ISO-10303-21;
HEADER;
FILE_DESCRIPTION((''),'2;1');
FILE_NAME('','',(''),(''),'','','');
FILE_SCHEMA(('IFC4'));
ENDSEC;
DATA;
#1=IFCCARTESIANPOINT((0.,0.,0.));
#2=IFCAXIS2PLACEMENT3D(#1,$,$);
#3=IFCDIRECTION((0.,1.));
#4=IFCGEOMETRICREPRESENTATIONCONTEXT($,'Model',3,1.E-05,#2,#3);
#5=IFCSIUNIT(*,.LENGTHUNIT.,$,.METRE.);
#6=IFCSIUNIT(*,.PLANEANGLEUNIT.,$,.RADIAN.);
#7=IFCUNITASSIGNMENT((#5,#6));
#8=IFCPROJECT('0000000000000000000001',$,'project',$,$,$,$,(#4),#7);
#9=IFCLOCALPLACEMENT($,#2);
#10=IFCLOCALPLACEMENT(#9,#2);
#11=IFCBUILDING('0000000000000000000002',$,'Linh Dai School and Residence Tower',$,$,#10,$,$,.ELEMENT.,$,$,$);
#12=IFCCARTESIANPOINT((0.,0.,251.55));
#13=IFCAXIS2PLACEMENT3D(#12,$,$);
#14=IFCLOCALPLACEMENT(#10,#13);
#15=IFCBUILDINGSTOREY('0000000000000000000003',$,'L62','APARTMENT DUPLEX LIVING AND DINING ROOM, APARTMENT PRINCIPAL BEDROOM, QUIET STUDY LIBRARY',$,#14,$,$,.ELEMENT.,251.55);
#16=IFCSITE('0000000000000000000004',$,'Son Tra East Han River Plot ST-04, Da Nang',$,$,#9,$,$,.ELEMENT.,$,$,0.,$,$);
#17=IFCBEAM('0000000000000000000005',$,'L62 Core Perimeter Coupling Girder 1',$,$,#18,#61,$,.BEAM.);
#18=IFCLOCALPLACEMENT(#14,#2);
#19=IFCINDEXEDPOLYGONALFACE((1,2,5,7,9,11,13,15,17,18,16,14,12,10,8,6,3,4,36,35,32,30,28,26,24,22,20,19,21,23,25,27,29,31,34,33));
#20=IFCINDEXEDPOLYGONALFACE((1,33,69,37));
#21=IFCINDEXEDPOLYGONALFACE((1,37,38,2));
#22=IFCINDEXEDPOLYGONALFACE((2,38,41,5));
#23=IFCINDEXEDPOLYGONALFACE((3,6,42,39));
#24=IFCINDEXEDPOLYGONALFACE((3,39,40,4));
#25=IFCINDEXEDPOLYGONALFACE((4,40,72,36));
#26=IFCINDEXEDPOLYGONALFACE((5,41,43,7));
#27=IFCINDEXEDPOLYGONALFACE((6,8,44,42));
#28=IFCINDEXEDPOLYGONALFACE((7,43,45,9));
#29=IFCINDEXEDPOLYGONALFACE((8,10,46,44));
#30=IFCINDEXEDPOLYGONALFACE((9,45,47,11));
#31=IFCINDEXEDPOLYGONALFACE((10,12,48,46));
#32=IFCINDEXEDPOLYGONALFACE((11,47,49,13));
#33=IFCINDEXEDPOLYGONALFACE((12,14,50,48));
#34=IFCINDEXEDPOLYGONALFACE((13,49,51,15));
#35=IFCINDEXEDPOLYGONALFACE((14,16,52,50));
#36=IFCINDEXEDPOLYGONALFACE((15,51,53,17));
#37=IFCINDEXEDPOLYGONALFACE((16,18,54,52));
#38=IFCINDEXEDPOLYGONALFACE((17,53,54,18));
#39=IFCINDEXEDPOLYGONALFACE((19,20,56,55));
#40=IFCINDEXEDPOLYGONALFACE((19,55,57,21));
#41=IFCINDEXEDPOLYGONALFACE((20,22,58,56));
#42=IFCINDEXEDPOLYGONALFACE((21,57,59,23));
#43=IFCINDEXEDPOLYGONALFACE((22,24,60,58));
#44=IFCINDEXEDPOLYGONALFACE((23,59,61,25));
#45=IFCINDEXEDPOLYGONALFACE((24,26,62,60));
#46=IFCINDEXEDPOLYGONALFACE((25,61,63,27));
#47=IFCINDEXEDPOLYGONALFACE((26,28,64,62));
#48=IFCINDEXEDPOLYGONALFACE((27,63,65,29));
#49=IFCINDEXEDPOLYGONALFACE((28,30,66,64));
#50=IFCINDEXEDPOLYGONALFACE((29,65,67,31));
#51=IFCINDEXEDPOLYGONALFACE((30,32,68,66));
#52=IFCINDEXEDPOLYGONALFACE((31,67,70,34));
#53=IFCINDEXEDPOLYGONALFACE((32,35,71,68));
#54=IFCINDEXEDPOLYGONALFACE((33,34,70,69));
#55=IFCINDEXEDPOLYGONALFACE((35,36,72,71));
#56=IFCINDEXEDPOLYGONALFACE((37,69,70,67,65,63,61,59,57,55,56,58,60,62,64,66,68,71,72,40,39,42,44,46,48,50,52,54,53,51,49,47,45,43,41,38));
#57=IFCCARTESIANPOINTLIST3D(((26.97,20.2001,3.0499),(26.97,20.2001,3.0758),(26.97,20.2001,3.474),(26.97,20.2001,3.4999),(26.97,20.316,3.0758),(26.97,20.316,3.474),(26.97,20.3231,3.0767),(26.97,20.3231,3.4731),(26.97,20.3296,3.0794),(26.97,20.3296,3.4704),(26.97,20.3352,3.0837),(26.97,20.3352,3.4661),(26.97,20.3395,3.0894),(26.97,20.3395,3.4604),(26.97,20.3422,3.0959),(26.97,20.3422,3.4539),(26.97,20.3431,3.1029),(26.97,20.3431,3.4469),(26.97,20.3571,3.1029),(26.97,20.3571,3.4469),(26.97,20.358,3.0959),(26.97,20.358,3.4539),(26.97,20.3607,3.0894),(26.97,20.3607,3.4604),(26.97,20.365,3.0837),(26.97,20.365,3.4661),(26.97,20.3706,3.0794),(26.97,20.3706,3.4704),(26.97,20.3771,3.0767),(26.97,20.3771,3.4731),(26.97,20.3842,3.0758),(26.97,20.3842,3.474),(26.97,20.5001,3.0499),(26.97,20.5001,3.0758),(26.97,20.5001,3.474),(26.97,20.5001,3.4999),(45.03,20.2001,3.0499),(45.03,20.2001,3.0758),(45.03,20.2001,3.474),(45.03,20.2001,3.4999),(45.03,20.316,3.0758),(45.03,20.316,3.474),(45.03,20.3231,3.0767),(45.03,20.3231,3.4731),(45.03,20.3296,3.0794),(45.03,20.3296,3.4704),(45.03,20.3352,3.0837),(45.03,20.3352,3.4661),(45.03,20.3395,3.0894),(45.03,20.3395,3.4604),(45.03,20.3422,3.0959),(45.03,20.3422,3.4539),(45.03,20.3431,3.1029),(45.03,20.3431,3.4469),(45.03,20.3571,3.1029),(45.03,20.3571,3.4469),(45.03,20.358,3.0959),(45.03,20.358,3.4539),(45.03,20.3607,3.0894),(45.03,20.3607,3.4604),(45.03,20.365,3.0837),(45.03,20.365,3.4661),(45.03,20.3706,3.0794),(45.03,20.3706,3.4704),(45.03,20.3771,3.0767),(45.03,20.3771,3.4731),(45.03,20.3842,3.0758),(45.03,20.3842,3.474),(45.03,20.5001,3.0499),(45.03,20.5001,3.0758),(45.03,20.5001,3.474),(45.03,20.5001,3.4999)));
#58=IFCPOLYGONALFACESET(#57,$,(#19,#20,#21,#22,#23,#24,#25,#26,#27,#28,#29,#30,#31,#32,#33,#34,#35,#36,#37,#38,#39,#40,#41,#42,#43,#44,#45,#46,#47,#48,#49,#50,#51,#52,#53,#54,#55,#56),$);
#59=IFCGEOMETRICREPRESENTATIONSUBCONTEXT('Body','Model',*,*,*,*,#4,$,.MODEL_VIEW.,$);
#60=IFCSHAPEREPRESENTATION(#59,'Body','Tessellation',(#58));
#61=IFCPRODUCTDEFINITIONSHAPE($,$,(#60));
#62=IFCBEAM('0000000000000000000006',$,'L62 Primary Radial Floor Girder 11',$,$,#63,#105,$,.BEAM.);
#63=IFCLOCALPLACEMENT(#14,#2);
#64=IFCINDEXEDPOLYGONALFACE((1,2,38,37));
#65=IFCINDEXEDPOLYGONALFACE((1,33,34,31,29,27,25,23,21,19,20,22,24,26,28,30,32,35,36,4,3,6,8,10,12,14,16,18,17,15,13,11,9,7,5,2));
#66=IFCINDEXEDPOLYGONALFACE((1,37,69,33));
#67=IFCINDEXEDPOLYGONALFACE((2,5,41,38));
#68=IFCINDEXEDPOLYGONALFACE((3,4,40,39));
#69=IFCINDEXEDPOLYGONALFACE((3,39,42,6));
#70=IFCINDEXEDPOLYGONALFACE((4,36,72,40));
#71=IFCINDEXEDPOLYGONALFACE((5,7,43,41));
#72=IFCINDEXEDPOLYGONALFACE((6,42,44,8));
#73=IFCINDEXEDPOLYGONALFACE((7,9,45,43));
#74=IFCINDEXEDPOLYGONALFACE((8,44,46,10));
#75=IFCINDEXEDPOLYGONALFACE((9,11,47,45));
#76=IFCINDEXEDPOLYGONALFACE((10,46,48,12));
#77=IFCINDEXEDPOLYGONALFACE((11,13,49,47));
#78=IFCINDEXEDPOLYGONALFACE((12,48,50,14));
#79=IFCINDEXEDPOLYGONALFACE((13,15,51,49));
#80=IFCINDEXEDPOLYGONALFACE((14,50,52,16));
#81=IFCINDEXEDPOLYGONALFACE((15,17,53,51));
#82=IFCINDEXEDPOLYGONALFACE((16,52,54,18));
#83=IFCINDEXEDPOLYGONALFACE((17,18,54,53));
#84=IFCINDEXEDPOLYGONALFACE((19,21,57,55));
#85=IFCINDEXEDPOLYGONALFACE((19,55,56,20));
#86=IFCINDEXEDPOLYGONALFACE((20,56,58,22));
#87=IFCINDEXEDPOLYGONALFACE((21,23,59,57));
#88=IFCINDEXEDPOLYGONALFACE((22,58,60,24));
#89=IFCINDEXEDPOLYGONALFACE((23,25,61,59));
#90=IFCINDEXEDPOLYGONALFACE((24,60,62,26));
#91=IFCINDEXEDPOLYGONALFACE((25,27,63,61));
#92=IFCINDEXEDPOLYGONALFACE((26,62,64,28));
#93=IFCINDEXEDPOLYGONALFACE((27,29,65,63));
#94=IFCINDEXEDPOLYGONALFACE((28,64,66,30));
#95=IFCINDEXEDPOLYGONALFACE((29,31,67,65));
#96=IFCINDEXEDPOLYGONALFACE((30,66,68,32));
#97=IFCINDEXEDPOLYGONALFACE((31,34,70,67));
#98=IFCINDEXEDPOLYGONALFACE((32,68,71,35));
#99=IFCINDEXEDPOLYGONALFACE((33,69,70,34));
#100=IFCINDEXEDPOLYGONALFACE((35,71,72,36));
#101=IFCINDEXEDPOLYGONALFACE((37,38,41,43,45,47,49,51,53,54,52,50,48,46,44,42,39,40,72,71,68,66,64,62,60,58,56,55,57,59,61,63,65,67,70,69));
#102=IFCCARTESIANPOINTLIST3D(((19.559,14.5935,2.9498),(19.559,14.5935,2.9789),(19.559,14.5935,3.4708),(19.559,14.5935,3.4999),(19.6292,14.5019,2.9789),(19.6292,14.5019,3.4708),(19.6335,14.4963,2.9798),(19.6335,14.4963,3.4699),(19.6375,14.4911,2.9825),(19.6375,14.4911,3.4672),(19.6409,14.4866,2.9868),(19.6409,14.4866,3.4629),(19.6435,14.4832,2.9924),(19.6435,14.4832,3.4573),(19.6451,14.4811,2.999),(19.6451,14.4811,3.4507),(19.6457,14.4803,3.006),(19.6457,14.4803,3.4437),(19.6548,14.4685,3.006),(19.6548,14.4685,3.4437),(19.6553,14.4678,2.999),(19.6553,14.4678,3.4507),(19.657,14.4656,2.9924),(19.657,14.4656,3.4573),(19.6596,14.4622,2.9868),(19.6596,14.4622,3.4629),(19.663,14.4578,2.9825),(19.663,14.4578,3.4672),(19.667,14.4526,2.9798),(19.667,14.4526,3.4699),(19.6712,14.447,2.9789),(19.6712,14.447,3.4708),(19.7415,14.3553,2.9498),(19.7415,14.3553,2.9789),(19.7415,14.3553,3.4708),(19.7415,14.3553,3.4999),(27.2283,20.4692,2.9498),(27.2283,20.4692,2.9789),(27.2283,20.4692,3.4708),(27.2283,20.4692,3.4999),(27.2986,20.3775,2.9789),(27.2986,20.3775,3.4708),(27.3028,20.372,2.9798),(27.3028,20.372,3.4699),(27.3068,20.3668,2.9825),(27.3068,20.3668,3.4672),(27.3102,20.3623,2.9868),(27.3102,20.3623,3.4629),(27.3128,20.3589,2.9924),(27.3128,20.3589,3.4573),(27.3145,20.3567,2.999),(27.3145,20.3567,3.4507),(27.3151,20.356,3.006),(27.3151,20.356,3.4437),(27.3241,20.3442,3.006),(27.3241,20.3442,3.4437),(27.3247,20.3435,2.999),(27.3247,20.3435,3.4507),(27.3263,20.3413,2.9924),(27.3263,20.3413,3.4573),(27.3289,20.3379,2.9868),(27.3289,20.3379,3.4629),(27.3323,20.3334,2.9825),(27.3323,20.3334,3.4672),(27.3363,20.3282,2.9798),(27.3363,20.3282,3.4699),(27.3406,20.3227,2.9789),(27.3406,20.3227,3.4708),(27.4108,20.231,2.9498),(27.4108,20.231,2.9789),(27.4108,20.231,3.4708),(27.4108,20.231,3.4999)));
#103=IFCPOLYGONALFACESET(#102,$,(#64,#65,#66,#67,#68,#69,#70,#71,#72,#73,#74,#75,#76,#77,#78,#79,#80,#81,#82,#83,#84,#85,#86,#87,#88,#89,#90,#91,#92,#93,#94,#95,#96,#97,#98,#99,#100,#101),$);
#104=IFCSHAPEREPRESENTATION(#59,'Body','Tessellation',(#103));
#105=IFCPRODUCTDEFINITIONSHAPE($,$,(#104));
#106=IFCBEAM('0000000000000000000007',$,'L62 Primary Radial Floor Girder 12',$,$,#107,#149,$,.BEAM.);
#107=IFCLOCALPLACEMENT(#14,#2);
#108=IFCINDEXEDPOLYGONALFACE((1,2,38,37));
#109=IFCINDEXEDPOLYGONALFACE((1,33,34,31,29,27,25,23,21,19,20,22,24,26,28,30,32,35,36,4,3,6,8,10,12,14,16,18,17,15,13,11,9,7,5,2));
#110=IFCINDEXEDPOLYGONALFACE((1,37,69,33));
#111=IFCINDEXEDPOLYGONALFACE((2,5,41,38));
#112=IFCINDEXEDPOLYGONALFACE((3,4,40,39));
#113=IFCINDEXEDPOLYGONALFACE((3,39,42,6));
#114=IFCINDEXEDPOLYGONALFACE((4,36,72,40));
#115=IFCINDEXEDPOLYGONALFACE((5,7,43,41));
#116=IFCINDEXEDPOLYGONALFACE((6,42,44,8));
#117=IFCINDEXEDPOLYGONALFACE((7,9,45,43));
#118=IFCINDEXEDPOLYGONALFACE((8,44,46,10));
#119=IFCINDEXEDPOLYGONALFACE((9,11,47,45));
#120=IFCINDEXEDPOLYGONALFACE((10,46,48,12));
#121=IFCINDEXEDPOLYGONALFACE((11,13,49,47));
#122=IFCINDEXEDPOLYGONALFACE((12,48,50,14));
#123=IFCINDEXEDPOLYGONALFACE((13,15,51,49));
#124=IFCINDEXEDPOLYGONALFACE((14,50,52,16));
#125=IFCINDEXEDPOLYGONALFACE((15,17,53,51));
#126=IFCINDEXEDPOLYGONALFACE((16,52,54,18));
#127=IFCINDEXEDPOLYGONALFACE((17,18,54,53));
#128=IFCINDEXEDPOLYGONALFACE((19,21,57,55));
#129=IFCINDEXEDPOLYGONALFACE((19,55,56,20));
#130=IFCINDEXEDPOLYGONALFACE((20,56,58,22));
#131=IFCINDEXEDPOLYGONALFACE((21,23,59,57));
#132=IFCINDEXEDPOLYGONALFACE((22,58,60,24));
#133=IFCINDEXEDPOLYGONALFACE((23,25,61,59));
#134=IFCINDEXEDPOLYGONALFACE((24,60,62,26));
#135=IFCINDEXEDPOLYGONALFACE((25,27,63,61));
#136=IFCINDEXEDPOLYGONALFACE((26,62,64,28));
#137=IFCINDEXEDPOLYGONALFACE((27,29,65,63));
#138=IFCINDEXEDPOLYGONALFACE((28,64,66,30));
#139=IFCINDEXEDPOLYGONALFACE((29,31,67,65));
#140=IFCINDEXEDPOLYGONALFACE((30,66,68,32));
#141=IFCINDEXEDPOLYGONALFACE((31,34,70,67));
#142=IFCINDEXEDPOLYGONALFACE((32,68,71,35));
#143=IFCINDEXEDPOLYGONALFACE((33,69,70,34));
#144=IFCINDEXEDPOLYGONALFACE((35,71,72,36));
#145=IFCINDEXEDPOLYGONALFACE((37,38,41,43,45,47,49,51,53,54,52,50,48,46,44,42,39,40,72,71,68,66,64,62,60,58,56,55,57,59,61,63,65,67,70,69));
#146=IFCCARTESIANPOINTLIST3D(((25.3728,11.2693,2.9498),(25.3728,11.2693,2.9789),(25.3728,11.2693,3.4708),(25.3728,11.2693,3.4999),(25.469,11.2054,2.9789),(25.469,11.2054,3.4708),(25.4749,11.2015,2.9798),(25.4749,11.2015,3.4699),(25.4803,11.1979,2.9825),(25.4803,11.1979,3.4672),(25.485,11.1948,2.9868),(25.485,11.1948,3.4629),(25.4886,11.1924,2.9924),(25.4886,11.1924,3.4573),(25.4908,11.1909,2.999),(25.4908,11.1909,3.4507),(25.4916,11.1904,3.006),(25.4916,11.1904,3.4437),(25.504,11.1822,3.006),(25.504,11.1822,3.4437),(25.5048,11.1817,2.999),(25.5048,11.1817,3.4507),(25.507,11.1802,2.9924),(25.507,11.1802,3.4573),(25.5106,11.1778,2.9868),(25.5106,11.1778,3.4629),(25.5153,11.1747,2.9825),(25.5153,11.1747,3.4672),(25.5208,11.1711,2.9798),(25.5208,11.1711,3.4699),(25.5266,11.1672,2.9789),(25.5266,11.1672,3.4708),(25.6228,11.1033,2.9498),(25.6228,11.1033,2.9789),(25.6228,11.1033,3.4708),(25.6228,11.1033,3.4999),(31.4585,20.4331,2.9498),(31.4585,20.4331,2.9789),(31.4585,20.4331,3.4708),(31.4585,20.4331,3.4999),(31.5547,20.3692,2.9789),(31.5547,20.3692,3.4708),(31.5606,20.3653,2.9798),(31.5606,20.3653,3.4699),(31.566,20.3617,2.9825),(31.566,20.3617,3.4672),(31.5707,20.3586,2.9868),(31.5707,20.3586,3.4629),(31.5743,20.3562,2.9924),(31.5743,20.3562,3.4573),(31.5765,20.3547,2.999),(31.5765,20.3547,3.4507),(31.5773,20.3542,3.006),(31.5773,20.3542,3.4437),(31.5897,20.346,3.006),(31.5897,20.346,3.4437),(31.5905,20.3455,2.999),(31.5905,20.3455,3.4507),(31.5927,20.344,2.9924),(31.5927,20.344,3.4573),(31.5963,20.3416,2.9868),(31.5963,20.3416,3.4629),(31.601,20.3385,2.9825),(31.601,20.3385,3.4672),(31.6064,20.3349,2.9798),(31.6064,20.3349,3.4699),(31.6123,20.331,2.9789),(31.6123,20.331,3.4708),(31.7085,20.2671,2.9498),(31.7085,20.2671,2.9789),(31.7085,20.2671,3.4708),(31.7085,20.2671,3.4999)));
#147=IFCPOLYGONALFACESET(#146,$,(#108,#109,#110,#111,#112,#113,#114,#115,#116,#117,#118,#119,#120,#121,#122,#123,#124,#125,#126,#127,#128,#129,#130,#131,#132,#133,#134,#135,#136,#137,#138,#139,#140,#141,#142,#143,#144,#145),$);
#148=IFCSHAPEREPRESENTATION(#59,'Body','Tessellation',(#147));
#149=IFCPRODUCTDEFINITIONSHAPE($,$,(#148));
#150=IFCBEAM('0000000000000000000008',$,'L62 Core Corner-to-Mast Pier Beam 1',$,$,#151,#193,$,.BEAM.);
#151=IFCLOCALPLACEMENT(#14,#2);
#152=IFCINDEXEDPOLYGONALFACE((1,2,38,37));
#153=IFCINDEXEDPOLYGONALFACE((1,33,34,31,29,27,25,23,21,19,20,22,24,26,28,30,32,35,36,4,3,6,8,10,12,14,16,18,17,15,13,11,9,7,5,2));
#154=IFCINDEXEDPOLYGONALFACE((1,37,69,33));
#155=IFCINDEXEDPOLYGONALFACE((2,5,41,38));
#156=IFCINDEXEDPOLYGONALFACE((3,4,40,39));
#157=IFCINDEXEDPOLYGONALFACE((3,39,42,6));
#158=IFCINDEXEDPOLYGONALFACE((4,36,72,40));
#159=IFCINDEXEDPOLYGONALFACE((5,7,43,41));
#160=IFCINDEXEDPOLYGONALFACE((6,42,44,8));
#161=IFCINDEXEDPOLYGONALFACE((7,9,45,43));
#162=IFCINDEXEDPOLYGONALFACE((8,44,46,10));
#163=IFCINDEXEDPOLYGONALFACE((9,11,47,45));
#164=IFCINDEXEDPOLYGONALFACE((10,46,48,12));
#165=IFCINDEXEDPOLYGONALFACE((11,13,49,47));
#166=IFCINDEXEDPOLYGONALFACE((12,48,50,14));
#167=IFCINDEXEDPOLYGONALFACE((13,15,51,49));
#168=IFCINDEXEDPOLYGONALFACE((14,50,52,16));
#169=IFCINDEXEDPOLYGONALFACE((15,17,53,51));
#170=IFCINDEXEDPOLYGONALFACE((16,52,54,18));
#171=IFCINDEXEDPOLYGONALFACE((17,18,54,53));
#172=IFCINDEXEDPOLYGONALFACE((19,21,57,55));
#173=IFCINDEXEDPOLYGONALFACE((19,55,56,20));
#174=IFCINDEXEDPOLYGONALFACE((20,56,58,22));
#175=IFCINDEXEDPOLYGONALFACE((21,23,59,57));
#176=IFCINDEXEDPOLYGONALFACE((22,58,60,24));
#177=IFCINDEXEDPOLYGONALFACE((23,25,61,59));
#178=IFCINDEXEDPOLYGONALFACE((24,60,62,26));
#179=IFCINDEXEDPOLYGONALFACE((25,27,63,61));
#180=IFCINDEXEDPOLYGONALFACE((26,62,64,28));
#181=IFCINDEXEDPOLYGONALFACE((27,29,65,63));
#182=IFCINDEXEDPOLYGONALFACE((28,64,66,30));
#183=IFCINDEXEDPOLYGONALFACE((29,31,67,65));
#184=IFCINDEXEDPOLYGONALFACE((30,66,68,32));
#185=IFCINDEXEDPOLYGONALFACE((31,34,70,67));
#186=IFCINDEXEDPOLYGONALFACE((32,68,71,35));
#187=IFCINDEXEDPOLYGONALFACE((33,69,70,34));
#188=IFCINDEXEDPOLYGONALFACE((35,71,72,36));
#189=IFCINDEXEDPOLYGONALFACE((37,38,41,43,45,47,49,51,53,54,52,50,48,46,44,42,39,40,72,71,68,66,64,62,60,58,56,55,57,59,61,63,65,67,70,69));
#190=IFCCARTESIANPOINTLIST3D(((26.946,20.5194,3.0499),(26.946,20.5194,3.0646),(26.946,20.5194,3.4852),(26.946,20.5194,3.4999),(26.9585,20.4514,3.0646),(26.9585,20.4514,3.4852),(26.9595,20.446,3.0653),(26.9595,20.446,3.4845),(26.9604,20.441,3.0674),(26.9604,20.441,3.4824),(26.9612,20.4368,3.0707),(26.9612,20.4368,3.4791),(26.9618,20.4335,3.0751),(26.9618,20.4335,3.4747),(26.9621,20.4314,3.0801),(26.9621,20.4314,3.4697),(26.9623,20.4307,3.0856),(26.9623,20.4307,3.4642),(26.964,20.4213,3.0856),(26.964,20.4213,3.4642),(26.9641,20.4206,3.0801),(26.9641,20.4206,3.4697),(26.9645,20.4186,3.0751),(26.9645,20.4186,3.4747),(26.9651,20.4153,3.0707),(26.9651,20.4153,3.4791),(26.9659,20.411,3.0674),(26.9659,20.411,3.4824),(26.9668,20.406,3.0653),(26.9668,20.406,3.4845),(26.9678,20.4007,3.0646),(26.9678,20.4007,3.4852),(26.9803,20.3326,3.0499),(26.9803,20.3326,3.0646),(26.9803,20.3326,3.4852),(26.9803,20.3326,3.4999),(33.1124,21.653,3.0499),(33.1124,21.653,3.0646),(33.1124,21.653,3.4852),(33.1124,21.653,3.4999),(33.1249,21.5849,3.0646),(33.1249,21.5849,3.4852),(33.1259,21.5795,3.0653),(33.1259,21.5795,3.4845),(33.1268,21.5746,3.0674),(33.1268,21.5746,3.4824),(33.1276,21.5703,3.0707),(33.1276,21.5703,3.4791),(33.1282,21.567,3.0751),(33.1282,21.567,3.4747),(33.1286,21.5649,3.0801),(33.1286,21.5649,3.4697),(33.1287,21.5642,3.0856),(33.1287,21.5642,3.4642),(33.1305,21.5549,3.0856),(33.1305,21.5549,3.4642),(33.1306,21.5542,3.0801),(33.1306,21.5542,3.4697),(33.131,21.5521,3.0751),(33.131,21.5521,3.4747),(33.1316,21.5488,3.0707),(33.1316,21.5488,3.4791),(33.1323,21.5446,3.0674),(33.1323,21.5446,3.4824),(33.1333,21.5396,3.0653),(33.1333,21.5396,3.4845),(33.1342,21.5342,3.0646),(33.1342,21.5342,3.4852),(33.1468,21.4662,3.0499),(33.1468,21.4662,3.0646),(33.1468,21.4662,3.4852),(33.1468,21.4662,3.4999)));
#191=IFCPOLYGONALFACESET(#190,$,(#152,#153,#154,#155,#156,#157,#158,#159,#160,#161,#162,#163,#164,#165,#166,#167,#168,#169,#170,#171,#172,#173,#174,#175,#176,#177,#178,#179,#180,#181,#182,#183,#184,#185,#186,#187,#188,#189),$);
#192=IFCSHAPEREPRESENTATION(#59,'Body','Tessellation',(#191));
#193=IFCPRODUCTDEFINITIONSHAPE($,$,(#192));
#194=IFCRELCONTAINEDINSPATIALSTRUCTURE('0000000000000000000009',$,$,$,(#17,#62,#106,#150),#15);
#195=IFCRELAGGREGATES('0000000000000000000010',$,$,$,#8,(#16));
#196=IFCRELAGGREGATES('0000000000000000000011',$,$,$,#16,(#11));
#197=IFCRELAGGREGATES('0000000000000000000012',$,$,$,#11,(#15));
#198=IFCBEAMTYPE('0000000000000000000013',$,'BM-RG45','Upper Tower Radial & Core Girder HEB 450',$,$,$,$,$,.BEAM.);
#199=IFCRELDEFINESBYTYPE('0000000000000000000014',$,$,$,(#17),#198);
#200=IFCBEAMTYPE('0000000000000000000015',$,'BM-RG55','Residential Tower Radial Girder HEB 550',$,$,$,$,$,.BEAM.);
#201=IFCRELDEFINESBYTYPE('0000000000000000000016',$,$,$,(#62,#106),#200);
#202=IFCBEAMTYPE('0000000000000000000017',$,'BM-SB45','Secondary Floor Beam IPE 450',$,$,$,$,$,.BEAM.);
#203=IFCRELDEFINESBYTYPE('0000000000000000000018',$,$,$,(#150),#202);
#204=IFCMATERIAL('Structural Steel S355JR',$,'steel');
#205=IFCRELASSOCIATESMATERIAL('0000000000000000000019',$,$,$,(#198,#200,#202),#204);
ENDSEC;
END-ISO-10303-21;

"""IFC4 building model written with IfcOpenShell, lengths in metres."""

from ifc_helpers import new_model, si_unit, direction, frame, origin, origin_2d, place, context, subcontext, project, spatial, i_section, extrude, material, material_profile, profile_set, type_object, element, save


model = new_model("IFC4")

# Units and contexts
model_context = context("Model", 3, precision=1e-05, world=origin(), true_north=direction((0.0, 1.0)))
body_context = subcontext(model_context, "Body", "Model", "MODEL_VIEW")
ifc_project = project(units=[si_unit("LENGTHUNIT", "METRE"), si_unit("PLANEANGLEUNIT", "RADIAN")], contexts=[model_context])

# Site, building, storey
site_placement = place(None, origin())
site = spatial("IfcSite", under=ifc_project, at=site_placement, Name="Son Tra East Han River Plot ST-04, Da Nang", CompositionType="ELEMENT", RefElevation=0.0)
building_placement = place(site_placement, origin())
building = spatial("IfcBuilding", under=site, at=building_placement, Name="Linh Dai School and Residence Tower", CompositionType="ELEMENT")
storey_placement = place(building_placement, frame((0.0, 0.0, 251.55)))
storey = spatial("IfcBuildingStorey", under=building, at=storey_placement, Name="L62", Description="APARTMENT DUPLEX LIVING AND DINING ROOM, APARTMENT PRINCIPAL BEDROOM, QUIET STUDY LIBRARY", CompositionType="ELEMENT", Elevation=251.55)

# Shared definitions
ifc_material_1 = material(Name="Structural Steel S355JR", Category="steel")

# Beams
ifc_material_profile_1 = material_profile(ifc_material_1, i_section(OverallWidth=0.3, OverallDepth=0.45, WebThickness=0.0139, FlangeThickness=0.0259, FilletRadius=0.0271, at=origin_2d()), Name="HEB 450")
ifc_profile_set_1 = profile_set([ifc_material_profile_1], Name="Structural Steel S355JR")
beam_type_1 = type_object("IfcBeamType", Name="BM-RG45", Description="Upper Tower Radial & Core Girder HEB 450", PredefinedType="BEAM", material=ifc_profile_set_1)
beam_1_placement = place(storey_placement, frame((26.97, 20.3501, 3.2749), z_axis=(1.0, 0.0, 0.0), x_axis=(0.0, 1.0, 0.0)))
element("IfcBeam", 1, at=beam_1_placement, inside=storey, type_object=beam_type_1, Name="L62 Core Perimeter Coupling Girder 1", PredefinedType="BEAM", context=body_context, shape_type="SweptSolid", body=[
    extrude(i_section(OverallWidth=0.3, OverallDepth=0.45, WebThickness=0.0139, FlangeThickness=0.0259, FilletRadius=0.0271, at=origin_2d()), origin(), (0.0, 0.0, 1.0), 18.0601),
])
ifc_material_profile_2 = material_profile(ifc_material_1, i_section(OverallWidth=0.3, OverallDepth=0.55, WebThickness=0.0149, FlangeThickness=0.0291, FilletRadius=0.0271, at=origin_2d()), Name="HEB 550")
ifc_profile_set_2 = profile_set([ifc_material_profile_2], Name="Structural Steel S355JR")
beam_type_2 = type_object("IfcBeamType", Name="BM-RG55", Description="Residential Tower Radial Girder HEB 550", PredefinedType="BEAM", material=ifc_profile_set_2)
beam_2_placement = place(storey_placement, frame((27.3196, 20.3501, 3.2249), z_axis=(-0.793815, -0.60816, 0.0), x_axis=(0.60816, -0.793815, 0.0)))
element("IfcBeam", 2, at=beam_2_placement, inside=storey, type_object=beam_type_2, Name="L62 Primary Radial Floor Girder 11", PredefinedType="BEAM", context=body_context, shape_type="SweptSolid", body=[
    extrude(i_section(OverallWidth=0.3, OverallDepth=0.55, WebThickness=0.0149, FlangeThickness=0.0291, FilletRadius=0.0271, at=origin_2d()), origin(), (0.0, 0.0, 1.0), 9.6614),
])
beam_3_placement = place(storey_placement, frame((31.5835, 20.3501, 3.2249), z_axis=(-0.553219, -0.833036, 0.0), x_axis=(0.833036, -0.553219, 0.0)))
element("IfcBeam", 3, at=beam_3_placement, inside=storey, type_object=beam_type_2, Name="L62 Primary Radial Floor Girder 12", PredefinedType="BEAM", context=body_context, shape_type="SweptSolid", body=[
    extrude(i_section(OverallWidth=0.3, OverallDepth=0.55, WebThickness=0.0149, FlangeThickness=0.0291, FilletRadius=0.0271, at=origin_2d()), origin(), (0.0, 0.0, 1.0), 11.0005),
])
ifc_material_profile_3 = material_profile(ifc_material_1, i_section(OverallWidth=0.1899, OverallDepth=0.45, WebThickness=0.0095, FlangeThickness=0.0146, FilletRadius=0.021, at=origin_2d()), Name="IPE 450")
ifc_profile_set_3 = profile_set([ifc_material_profile_3], Name="Structural Steel S355JR")
beam_type_3 = type_object("IfcBeamType", Name="BM-SB45", Description="Secondary Floor Beam IPE 450", PredefinedType="BEAM", material=ifc_profile_set_3)
beam_4_placement = place(storey_placement, frame((26.9631, 20.426, 3.2749), z_axis=(0.983521, 0.180794, 0.0), x_axis=(-0.180794, 0.983521, 0.0)))
element("IfcBeam", 4, at=beam_4_placement, inside=storey, type_object=beam_type_3, Name="L62 Core Corner-to-Mast Pier Beam 1", PredefinedType="BEAM", context=body_context, shape_type="SweptSolid", body=[
    extrude(i_section(OverallWidth=0.1899, OverallDepth=0.45, WebThickness=0.0095, FlangeThickness=0.0146, FilletRadius=0.021, at=origin_2d()), origin(), (0.0, 0.0, 1.0), 6.2698),
])

save(model, "model.ifc")
